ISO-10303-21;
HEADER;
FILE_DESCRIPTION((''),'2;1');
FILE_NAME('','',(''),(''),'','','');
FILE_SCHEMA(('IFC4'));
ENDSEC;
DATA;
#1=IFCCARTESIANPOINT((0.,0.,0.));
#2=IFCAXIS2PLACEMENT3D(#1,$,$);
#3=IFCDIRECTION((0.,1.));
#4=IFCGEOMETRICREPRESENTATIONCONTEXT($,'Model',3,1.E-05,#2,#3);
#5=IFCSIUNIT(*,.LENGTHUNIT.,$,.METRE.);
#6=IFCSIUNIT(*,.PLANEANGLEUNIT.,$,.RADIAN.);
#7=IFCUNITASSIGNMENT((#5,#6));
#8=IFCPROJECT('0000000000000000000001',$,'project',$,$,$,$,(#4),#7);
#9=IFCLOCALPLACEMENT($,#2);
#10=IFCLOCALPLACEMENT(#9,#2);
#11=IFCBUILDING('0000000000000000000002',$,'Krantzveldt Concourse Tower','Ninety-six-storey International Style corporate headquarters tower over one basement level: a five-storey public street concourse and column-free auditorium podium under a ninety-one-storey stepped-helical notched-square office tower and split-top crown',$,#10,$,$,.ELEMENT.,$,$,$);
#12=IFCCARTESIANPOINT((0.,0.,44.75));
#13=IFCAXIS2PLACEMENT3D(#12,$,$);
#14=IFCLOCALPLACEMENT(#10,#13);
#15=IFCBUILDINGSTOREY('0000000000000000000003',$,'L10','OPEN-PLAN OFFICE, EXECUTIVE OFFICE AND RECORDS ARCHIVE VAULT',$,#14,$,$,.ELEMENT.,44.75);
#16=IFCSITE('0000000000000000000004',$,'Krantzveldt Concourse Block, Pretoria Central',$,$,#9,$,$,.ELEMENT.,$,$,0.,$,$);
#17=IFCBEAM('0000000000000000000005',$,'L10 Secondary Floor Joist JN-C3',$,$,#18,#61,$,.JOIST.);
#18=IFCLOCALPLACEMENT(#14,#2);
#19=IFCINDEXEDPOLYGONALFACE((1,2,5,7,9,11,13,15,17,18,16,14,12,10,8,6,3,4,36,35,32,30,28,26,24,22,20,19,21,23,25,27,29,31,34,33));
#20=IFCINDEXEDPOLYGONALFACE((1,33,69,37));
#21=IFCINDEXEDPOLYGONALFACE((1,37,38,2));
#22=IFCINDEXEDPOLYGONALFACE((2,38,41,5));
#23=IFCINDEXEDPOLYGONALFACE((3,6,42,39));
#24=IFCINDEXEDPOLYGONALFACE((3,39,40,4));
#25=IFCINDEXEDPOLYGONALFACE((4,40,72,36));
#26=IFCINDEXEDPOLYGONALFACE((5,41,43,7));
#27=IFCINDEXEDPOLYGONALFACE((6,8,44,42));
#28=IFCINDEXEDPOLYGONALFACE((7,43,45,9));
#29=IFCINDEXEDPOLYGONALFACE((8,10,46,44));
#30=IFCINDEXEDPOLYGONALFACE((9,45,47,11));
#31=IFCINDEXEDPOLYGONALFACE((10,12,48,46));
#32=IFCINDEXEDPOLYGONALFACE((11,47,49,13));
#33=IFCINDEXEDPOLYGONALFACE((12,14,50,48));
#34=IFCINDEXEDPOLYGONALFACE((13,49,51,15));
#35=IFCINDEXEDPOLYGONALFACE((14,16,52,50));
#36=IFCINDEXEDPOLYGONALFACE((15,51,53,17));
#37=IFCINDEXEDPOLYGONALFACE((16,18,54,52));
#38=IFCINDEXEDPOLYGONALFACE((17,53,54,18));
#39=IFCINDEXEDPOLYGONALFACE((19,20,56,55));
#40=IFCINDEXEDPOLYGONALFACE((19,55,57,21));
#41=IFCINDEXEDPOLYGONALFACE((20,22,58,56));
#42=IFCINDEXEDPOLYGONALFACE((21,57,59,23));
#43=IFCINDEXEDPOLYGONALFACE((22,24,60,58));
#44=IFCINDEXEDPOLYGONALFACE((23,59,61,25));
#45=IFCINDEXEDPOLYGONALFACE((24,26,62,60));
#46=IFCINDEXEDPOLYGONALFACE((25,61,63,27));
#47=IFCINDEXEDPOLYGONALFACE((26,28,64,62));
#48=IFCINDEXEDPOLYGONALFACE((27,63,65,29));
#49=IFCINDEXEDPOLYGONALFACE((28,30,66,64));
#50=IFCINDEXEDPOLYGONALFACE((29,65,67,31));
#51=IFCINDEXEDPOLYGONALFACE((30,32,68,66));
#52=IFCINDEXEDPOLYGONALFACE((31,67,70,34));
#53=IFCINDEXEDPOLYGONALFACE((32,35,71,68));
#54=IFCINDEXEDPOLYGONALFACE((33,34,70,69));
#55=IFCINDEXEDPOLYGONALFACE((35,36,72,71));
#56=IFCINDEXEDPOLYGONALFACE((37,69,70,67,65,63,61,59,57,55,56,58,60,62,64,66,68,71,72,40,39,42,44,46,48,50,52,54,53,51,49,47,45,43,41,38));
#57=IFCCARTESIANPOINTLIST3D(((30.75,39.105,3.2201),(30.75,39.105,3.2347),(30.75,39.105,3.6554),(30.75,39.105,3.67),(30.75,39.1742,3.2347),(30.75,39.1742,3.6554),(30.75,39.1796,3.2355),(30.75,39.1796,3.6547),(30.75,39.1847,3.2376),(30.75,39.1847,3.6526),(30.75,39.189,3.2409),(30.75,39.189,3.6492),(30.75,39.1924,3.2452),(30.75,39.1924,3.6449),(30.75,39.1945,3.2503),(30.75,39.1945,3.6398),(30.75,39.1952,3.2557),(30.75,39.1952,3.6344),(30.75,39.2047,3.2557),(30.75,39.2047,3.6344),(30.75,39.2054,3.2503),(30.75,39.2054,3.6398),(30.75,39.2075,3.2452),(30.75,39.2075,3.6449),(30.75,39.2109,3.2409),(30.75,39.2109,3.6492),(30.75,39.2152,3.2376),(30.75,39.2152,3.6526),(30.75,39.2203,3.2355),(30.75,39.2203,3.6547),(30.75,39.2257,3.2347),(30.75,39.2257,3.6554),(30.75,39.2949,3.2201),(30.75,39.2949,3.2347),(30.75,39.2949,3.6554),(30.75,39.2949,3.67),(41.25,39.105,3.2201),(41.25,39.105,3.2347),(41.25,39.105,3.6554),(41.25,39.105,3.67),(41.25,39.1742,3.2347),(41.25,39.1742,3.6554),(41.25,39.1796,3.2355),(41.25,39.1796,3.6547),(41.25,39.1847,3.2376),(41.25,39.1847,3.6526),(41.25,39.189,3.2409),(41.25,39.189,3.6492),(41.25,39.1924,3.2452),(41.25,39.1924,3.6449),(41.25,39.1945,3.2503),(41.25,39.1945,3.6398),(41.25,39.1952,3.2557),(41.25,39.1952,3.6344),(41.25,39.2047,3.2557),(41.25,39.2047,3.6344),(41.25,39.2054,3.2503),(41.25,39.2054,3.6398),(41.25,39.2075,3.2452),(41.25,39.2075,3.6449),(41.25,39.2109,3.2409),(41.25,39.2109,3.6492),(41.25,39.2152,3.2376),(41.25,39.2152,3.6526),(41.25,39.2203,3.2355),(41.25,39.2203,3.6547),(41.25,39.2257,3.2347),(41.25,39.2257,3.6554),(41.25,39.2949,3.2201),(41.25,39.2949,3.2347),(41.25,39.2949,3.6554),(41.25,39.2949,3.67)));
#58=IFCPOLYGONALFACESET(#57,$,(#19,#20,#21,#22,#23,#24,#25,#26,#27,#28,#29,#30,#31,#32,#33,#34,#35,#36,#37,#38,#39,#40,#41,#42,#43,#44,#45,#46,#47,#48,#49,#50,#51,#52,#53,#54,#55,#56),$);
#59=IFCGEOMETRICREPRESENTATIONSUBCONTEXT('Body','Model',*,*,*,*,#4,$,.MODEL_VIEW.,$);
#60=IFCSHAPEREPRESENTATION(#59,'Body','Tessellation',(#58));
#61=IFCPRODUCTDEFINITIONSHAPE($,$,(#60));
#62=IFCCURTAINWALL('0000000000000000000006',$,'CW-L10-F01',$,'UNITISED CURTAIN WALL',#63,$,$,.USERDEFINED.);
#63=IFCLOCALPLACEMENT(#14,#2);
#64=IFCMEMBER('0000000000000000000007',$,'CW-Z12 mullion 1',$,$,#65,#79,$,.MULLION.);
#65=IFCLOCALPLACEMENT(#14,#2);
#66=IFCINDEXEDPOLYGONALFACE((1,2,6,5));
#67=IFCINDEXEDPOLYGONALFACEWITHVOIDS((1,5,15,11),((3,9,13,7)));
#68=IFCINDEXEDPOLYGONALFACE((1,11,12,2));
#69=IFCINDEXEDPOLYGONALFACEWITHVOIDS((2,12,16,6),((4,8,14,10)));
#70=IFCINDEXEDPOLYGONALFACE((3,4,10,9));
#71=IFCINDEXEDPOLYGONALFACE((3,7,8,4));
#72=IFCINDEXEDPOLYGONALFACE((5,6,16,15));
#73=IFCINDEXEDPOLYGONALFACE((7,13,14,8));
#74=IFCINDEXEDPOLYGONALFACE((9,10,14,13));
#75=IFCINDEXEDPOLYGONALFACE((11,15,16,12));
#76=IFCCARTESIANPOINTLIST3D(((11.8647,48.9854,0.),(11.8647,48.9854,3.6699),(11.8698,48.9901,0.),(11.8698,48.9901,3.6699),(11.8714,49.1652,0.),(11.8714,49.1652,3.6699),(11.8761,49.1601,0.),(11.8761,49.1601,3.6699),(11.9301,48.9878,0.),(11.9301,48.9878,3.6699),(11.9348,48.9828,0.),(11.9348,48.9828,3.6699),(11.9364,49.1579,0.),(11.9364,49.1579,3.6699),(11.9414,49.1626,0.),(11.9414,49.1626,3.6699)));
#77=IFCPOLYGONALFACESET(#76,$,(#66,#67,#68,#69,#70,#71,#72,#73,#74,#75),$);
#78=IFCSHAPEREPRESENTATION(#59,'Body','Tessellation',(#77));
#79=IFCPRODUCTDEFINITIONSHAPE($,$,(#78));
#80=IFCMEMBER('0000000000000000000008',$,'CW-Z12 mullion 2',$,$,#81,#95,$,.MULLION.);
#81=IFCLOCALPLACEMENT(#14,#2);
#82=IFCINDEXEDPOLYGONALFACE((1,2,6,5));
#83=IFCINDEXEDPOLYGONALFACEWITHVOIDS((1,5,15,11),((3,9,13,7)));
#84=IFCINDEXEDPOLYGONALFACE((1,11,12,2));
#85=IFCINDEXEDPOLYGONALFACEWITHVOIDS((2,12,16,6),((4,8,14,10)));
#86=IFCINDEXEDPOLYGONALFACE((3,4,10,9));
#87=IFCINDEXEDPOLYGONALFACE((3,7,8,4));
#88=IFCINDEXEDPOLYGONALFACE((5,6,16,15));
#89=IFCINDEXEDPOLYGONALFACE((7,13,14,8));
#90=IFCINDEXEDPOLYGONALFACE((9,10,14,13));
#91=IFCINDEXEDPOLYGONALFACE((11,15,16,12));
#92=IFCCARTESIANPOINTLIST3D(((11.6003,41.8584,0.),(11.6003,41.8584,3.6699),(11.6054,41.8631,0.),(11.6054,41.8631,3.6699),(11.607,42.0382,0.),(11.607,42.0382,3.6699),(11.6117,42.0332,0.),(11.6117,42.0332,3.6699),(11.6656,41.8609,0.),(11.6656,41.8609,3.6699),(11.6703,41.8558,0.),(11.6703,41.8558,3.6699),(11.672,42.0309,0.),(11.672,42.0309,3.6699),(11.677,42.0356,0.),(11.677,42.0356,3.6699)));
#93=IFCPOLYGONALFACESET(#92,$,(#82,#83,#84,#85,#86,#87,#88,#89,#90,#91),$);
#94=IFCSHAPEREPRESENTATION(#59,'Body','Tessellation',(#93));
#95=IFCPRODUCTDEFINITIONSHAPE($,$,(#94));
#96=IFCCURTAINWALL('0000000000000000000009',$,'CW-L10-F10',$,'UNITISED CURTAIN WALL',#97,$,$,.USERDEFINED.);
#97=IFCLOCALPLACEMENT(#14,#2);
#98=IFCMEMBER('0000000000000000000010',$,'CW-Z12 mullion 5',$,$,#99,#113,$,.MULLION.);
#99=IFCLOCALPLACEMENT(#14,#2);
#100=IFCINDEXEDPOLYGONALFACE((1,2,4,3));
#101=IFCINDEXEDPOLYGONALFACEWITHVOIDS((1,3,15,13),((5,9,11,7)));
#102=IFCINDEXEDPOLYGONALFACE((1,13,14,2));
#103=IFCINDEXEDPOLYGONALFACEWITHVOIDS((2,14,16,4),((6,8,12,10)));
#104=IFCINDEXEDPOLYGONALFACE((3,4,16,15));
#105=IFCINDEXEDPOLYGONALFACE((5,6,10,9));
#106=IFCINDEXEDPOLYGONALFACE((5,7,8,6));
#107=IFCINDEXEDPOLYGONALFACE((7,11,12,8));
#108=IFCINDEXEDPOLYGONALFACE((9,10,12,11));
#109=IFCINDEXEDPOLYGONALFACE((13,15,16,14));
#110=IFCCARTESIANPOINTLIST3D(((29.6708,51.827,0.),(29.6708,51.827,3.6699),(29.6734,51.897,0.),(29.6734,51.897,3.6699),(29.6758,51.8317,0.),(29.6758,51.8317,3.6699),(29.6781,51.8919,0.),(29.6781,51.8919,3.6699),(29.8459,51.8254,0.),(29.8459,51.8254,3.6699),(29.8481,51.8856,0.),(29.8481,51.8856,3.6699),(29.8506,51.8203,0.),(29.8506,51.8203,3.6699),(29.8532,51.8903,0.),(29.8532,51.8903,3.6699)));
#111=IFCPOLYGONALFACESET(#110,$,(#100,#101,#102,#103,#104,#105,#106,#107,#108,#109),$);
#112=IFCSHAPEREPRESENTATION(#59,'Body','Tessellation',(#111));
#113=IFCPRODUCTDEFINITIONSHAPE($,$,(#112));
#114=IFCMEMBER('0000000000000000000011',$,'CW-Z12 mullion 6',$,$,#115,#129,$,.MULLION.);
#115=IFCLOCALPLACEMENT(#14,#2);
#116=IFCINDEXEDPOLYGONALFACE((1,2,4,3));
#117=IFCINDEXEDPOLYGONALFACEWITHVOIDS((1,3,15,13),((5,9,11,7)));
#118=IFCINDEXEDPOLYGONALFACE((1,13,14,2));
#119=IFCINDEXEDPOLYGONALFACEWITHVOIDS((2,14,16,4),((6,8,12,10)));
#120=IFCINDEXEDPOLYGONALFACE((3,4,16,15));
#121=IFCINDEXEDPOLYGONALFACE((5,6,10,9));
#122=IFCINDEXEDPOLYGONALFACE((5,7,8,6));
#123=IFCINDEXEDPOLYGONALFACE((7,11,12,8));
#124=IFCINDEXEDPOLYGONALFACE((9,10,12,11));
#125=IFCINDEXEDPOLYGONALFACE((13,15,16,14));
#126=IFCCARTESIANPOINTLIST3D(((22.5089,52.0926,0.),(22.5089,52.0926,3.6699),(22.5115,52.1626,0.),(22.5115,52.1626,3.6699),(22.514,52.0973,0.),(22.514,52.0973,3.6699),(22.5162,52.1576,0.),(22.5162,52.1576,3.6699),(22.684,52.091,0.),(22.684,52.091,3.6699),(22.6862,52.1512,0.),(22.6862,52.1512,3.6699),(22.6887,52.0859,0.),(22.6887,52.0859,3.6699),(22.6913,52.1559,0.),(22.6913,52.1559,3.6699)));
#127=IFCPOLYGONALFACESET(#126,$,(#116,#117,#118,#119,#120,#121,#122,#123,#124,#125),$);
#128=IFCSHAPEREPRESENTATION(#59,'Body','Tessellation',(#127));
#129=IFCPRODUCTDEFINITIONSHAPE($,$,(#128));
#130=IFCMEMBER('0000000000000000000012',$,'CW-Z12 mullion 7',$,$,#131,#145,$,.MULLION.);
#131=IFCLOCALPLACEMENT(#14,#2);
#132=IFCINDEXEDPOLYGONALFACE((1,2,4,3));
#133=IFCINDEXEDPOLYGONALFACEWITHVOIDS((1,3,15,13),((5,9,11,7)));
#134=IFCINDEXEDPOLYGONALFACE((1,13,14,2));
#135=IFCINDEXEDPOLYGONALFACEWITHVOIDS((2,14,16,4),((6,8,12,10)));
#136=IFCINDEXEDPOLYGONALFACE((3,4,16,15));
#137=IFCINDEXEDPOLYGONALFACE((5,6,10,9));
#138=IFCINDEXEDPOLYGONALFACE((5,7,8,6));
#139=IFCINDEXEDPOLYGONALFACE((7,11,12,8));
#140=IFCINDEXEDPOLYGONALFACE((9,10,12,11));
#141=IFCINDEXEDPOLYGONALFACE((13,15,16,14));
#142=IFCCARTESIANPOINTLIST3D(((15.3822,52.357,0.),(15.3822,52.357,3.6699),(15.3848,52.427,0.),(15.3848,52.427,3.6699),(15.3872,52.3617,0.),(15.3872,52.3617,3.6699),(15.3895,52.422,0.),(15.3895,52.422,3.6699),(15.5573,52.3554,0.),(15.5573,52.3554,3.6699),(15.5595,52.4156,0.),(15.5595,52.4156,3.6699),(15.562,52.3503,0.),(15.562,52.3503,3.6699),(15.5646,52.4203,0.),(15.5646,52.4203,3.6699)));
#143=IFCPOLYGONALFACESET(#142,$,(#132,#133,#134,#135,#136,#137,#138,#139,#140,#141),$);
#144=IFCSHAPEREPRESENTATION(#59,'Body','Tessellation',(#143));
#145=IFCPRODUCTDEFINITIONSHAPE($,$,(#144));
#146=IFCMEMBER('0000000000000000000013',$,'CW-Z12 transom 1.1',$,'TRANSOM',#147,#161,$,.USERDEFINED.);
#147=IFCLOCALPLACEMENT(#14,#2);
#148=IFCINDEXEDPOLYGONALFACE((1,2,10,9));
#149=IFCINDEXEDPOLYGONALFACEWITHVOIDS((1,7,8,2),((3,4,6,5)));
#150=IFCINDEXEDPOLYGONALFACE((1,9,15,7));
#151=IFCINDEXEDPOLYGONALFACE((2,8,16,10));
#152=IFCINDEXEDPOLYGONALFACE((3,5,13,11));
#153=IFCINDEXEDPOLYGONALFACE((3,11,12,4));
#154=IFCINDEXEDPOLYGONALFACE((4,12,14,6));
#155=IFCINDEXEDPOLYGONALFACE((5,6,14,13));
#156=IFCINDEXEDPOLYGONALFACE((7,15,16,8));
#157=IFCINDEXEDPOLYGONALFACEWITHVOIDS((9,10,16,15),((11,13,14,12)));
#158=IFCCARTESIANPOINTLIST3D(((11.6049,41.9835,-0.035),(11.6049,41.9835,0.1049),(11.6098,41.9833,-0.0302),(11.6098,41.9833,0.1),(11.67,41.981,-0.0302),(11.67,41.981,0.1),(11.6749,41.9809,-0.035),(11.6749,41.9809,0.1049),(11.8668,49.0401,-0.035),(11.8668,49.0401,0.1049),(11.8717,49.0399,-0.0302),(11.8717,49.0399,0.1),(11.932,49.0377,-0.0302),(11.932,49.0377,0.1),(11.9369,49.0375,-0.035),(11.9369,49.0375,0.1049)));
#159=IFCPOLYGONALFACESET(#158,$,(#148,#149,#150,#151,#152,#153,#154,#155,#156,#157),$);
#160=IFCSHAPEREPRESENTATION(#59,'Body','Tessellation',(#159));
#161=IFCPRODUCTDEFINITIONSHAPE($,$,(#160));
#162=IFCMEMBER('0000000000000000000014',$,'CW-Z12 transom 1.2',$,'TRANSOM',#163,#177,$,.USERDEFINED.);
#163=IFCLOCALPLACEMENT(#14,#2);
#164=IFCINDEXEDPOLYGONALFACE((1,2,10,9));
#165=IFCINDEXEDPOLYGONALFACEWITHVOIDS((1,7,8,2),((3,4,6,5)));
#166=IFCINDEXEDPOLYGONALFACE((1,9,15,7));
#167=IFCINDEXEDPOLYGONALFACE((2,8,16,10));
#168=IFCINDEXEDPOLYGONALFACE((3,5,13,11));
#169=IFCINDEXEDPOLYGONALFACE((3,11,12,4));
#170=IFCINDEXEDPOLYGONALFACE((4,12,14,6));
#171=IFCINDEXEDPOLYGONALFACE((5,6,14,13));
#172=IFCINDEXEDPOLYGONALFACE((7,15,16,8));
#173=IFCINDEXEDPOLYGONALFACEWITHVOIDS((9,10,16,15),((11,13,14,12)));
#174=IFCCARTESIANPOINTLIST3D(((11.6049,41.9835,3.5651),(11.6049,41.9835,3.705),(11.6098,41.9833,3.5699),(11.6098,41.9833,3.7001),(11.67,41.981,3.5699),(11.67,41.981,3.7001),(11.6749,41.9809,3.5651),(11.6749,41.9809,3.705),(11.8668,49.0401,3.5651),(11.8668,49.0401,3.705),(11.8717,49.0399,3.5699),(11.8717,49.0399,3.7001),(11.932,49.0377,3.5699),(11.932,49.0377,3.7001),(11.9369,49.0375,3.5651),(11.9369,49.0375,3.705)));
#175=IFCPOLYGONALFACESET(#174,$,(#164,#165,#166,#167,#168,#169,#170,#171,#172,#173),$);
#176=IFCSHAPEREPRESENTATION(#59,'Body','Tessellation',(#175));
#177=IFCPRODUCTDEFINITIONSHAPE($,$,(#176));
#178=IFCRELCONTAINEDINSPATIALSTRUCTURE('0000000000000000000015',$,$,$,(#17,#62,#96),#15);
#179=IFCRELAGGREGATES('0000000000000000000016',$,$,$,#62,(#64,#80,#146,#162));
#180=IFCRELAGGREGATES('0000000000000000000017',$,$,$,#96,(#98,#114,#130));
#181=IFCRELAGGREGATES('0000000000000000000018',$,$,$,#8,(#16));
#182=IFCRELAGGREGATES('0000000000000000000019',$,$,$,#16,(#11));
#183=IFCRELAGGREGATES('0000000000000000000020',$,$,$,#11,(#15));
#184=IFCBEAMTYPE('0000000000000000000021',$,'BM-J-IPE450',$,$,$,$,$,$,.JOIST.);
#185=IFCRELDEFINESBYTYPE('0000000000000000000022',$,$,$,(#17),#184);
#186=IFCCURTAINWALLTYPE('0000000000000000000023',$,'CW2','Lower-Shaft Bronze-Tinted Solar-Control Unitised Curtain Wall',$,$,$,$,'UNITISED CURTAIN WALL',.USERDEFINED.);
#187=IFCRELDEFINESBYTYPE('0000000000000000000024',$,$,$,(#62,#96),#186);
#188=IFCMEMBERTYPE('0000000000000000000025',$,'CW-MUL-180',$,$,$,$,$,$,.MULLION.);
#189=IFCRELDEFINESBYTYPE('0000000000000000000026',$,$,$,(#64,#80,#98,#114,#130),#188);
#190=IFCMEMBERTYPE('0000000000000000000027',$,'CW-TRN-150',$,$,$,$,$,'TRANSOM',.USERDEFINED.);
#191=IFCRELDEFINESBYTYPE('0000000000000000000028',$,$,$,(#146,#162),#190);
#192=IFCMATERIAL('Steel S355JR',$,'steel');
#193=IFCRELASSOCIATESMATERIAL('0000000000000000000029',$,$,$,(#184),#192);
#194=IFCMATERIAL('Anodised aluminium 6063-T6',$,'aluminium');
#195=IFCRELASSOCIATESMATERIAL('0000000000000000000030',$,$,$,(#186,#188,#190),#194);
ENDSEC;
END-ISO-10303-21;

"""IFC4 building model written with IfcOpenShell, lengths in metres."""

from ifc_helpers import new_model, si_unit, direction, frame, origin, origin_2d, place, context, subcontext, project, spatial, hollow_rectangle, i_section, extrude, source, transform, mapped, material, material_profile, profile_set, type_object, type_shapes, element, aggregate, save


model = new_model("IFC4")

# Units and contexts
model_context = context("Model", 3, precision=1e-05, world=origin(), true_north=direction((0.0, 1.0)))
body_context = subcontext(model_context, "Body", "Model", "MODEL_VIEW")
ifc_project = project(units=[si_unit("LENGTHUNIT", "METRE"), si_unit("PLANEANGLEUNIT", "RADIAN")], contexts=[model_context])

# Site, building, storey
site_placement = place(None, origin())
site = spatial("IfcSite", under=ifc_project, at=site_placement, Name="Krantzveldt Concourse Block, Pretoria Central", CompositionType="ELEMENT", RefElevation=0.0)
building_placement = place(site_placement, origin())
building = spatial("IfcBuilding", under=site, at=building_placement, Name="Krantzveldt Concourse Tower", Description="Ninety-six-storey International Style corporate headquarters tower over one basement level: a five-storey public street concourse and column-free auditorium podium under a ninety-one-storey stepped-helical notched-square office tower and split-top crown", CompositionType="ELEMENT")
storey_placement = place(building_placement, frame((0.0, 0.0, 44.75)))
storey = spatial("IfcBuildingStorey", under=building, at=storey_placement, Name="L10", Description="OPEN-PLAN OFFICE, EXECUTIVE OFFICE AND RECORDS ARCHIVE VAULT", CompositionType="ELEMENT", Elevation=44.75)

# Beam
ifc_material_1 = material(Name="Steel S355JR", Category="steel")
ifc_material_profile_1 = material_profile(ifc_material_1, i_section(OverallWidth=0.1899, OverallDepth=0.45, WebThickness=0.0095, FlangeThickness=0.0146, FilletRadius=0.021, at=origin_2d()), Name="Steel S355JR", Category="steel")
ifc_profile_set_1 = profile_set([ifc_material_profile_1], Name="Steel S355JR - IPE 450")
beam_type_1 = type_object("IfcBeamType", Name="BM-J-IPE450", PredefinedType="JOIST", material=ifc_profile_set_1)
shared_shape_1 = source(origin(), body_context, "Body", "SweptSolid", [
    extrude(i_section(OverallWidth=0.1899, OverallDepth=0.45, WebThickness=0.0095, FlangeThickness=0.0146, FilletRadius=0.021, at=origin_2d()), origin(), (0.0, 0.0, 1.0), 10.5),
])
type_shapes(beam_type_1, [shared_shape_1])
beam_1_placement = place(storey_placement, frame((30.75, 39.2, 3.4451), z_axis=(1.0, 0.0, 0.0), x_axis=(0.0, 1.0, 0.0)))
element("IfcBeam", 1, at=beam_1_placement, inside=storey, type_object=beam_type_1, Name="L10 Secondary Floor Joist JN-C3", PredefinedType="JOIST", context=body_context, shape_type="MappedRepresentation", body=[
    mapped(shared_shape_1, transform((0.0, 0.0, 0.0), x_axis=(1.0, 0.0, 0.0), y_axis=(0.0, 1.0, 0.0), z_axis=(0.0, 0.0, 1.0), scale=1.0)),
])

# Curtain walls, members
ifc_material_2 = material(Name="Anodised aluminium 6063-T6", Category="aluminium")
curtain_wall_type = type_object("IfcCurtainWallType", Name="CW2", Description="Lower-Shaft Bronze-Tinted Solar-Control Unitised Curtain Wall", ElementType="UNITISED CURTAIN WALL", PredefinedType="USERDEFINED", material=ifc_material_2)
curtain_wall_1_placement = place(storey_placement, origin())
curtain_wall_1 = element("IfcCurtainWall", 2, at=curtain_wall_1_placement, inside=storey, type_object=curtain_wall_type, Name="CW-L10-F01", ObjectType="UNITISED CURTAIN WALL", PredefinedType="USERDEFINED")
ifc_material_profile_2 = material_profile(ifc_material_2, hollow_rectangle(XDim=0.0701, YDim=0.1799, WallThickness=0.0049, at=origin_2d()), Name="Anodised aluminium 6063-T6", Category="aluminium")
ifc_profile_set_2 = profile_set([ifc_material_profile_2], Name="Anodised aluminium 6063-T6 - ALU-MULL 180x70x5")
member_type_1 = type_object("IfcMemberType", Name="CW-MUL-180", PredefinedType="MULLION", material=ifc_profile_set_2)
shared_shape_2 = source(origin(), body_context, "Body", "SweptSolid", [
    extrude(hollow_rectangle(XDim=0.0701, YDim=0.1799, WallThickness=0.0049, at=origin_2d()), origin(), (0.0, 0.0, 1.0), 3.6699),
])
type_shapes(member_type_1, [shared_shape_2])
member_1_placement = place(storey_placement, frame((11.9031, 49.074, 0.0), z_axis=(0.0, 0.0, 1.0), x_axis=(0.999312, -0.03708, 0.0)))
member_1 = element("IfcMember", 3, at=member_1_placement, type_object=member_type_1, Name="CW-Z12 mullion 1", PredefinedType="MULLION", context=body_context, shape_type="MappedRepresentation", body=[
    mapped(shared_shape_2, transform((0.0, 0.0, 0.0), x_axis=(1.0, 0.0, 0.0), y_axis=(0.0, 1.0, 0.0), z_axis=(0.0, 0.0, 1.0), scale=1.0)),
])
member_2_placement = place(storey_placement, frame((11.6387, 41.947, 0.0), z_axis=(0.0, 0.0, 1.0), x_axis=(0.999312, -0.03708, 0.0)))
member_2 = element("IfcMember", 4, at=member_2_placement, type_object=member_type_1, Name="CW-Z12 mullion 2", PredefinedType="MULLION", context=body_context, shape_type="MappedRepresentation", body=[
    mapped(shared_shape_2, transform((0.0, 0.0, 0.0), x_axis=(1.0, 0.0, 0.0), y_axis=(0.0, 1.0, 0.0), z_axis=(0.0, 0.0, 1.0), scale=1.0)),
])
curtain_wall_2_placement = place(storey_placement, origin())
curtain_wall_2 = element("IfcCurtainWall", 5, at=curtain_wall_2_placement, inside=storey, type_object=curtain_wall_type, Name="CW-L10-F10", ObjectType="UNITISED CURTAIN WALL", PredefinedType="USERDEFINED")
member_3_placement = place(storey_placement, frame((29.762, 51.8586, 0.0), z_axis=(0.0, 0.0, 1.0), x_axis=(-0.03708, -0.999312, 0.0)))
member_3 = element("IfcMember", 6, at=member_3_placement, type_object=member_type_1, Name="CW-Z12 mullion 5", PredefinedType="MULLION", context=body_context, shape_type="MappedRepresentation", body=[
    mapped(shared_shape_2, transform((0.0, 0.0, 0.0), x_axis=(1.0, 0.0, 0.0), y_axis=(0.0, 1.0, 0.0), z_axis=(0.0, 0.0, 1.0), scale=1.0)),
])
member_4_placement = place(storey_placement, frame((22.6001, 52.1243, 0.0), z_axis=(0.0, 0.0, 1.0), x_axis=(-0.03708, -0.999312, 0.0)))
member_4 = element("IfcMember", 7, at=member_4_placement, type_object=member_type_1, Name="CW-Z12 mullion 6", PredefinedType="MULLION", context=body_context, shape_type="MappedRepresentation", body=[
    mapped(shared_shape_2, transform((0.0, 0.0, 0.0), x_axis=(1.0, 0.0, 0.0), y_axis=(0.0, 1.0, 0.0), z_axis=(0.0, 0.0, 1.0), scale=1.0)),
])
member_5_placement = place(storey_placement, frame((15.4734, 52.3887, 0.0), z_axis=(0.0, 0.0, 1.0), x_axis=(-0.03708, -0.999312, 0.0)))
member_5 = element("IfcMember", 8, at=member_5_placement, type_object=member_type_1, Name="CW-Z12 mullion 7", PredefinedType="MULLION", context=body_context, shape_type="MappedRepresentation", body=[
    mapped(shared_shape_2, transform((0.0, 0.0, 0.0), x_axis=(1.0, 0.0, 0.0), y_axis=(0.0, 1.0, 0.0), z_axis=(0.0, 0.0, 1.0), scale=1.0)),
])

# Members
ifc_material_profile_3 = material_profile(ifc_material_2, hollow_rectangle(XDim=0.0701, YDim=0.1399, WallThickness=0.0049, at=origin_2d()), Name="Anodised aluminium 6063-T6", Category="aluminium")
ifc_profile_set_3 = profile_set([ifc_material_profile_3], Name="Anodised aluminium 6063-T6 - ALU-TRAN 140x70x5")
member_type_2 = type_object("IfcMemberType", Name="CW-TRN-150", ElementType="TRANSOM", PredefinedType="USERDEFINED", material=ifc_profile_set_3)
shared_shape_3 = source(origin(), body_context, "Body", "SweptSolid", [
    extrude(hollow_rectangle(XDim=0.0701, YDim=0.1399, WallThickness=0.0049, at=origin_2d()), origin(), (0.0, 0.0, 1.0), 7.0615),
])
member_6_placement = place(storey_placement, frame((11.9019, 49.0388, 0.0349), z_axis=(-0.037097, -0.999312, 0.0), x_axis=(0.999312, -0.037097, 0.0)))
member_6 = element("IfcMember", 9, at=member_6_placement, type_object=member_type_2, Name="CW-Z12 transom 1.1", ObjectType="TRANSOM", PredefinedType="USERDEFINED", context=body_context, shape_type="MappedRepresentation", body=[
    mapped(shared_shape_3, transform((0.0, 0.0, 0.0), x_axis=(1.0, 0.0, 0.0), y_axis=(0.0, 1.0, 0.0), z_axis=(0.0, 0.0, 1.0), scale=1.0)),
])
member_7_placement = place(storey_placement, frame((11.9019, 49.0388, 3.635), z_axis=(-0.037097, -0.999312, 0.0), x_axis=(0.999312, -0.037097, 0.0)))
member_7 = element("IfcMember", 10, at=member_7_placement, type_object=member_type_2, Name="CW-Z12 transom 1.2", ObjectType="TRANSOM", PredefinedType="USERDEFINED", context=body_context, shape_type="MappedRepresentation", body=[
    mapped(shared_shape_3, transform((0.0, 0.0, 0.0), x_axis=(1.0, 0.0, 0.0), y_axis=(0.0, 1.0, 0.0), z_axis=(0.0, 0.0, 1.0), scale=1.0)),
])

aggregate(curtain_wall_1, [member_1, member_2, member_6, member_7])
aggregate(curtain_wall_2, [member_3, member_4, member_5])

save(model, "model.ifc")
